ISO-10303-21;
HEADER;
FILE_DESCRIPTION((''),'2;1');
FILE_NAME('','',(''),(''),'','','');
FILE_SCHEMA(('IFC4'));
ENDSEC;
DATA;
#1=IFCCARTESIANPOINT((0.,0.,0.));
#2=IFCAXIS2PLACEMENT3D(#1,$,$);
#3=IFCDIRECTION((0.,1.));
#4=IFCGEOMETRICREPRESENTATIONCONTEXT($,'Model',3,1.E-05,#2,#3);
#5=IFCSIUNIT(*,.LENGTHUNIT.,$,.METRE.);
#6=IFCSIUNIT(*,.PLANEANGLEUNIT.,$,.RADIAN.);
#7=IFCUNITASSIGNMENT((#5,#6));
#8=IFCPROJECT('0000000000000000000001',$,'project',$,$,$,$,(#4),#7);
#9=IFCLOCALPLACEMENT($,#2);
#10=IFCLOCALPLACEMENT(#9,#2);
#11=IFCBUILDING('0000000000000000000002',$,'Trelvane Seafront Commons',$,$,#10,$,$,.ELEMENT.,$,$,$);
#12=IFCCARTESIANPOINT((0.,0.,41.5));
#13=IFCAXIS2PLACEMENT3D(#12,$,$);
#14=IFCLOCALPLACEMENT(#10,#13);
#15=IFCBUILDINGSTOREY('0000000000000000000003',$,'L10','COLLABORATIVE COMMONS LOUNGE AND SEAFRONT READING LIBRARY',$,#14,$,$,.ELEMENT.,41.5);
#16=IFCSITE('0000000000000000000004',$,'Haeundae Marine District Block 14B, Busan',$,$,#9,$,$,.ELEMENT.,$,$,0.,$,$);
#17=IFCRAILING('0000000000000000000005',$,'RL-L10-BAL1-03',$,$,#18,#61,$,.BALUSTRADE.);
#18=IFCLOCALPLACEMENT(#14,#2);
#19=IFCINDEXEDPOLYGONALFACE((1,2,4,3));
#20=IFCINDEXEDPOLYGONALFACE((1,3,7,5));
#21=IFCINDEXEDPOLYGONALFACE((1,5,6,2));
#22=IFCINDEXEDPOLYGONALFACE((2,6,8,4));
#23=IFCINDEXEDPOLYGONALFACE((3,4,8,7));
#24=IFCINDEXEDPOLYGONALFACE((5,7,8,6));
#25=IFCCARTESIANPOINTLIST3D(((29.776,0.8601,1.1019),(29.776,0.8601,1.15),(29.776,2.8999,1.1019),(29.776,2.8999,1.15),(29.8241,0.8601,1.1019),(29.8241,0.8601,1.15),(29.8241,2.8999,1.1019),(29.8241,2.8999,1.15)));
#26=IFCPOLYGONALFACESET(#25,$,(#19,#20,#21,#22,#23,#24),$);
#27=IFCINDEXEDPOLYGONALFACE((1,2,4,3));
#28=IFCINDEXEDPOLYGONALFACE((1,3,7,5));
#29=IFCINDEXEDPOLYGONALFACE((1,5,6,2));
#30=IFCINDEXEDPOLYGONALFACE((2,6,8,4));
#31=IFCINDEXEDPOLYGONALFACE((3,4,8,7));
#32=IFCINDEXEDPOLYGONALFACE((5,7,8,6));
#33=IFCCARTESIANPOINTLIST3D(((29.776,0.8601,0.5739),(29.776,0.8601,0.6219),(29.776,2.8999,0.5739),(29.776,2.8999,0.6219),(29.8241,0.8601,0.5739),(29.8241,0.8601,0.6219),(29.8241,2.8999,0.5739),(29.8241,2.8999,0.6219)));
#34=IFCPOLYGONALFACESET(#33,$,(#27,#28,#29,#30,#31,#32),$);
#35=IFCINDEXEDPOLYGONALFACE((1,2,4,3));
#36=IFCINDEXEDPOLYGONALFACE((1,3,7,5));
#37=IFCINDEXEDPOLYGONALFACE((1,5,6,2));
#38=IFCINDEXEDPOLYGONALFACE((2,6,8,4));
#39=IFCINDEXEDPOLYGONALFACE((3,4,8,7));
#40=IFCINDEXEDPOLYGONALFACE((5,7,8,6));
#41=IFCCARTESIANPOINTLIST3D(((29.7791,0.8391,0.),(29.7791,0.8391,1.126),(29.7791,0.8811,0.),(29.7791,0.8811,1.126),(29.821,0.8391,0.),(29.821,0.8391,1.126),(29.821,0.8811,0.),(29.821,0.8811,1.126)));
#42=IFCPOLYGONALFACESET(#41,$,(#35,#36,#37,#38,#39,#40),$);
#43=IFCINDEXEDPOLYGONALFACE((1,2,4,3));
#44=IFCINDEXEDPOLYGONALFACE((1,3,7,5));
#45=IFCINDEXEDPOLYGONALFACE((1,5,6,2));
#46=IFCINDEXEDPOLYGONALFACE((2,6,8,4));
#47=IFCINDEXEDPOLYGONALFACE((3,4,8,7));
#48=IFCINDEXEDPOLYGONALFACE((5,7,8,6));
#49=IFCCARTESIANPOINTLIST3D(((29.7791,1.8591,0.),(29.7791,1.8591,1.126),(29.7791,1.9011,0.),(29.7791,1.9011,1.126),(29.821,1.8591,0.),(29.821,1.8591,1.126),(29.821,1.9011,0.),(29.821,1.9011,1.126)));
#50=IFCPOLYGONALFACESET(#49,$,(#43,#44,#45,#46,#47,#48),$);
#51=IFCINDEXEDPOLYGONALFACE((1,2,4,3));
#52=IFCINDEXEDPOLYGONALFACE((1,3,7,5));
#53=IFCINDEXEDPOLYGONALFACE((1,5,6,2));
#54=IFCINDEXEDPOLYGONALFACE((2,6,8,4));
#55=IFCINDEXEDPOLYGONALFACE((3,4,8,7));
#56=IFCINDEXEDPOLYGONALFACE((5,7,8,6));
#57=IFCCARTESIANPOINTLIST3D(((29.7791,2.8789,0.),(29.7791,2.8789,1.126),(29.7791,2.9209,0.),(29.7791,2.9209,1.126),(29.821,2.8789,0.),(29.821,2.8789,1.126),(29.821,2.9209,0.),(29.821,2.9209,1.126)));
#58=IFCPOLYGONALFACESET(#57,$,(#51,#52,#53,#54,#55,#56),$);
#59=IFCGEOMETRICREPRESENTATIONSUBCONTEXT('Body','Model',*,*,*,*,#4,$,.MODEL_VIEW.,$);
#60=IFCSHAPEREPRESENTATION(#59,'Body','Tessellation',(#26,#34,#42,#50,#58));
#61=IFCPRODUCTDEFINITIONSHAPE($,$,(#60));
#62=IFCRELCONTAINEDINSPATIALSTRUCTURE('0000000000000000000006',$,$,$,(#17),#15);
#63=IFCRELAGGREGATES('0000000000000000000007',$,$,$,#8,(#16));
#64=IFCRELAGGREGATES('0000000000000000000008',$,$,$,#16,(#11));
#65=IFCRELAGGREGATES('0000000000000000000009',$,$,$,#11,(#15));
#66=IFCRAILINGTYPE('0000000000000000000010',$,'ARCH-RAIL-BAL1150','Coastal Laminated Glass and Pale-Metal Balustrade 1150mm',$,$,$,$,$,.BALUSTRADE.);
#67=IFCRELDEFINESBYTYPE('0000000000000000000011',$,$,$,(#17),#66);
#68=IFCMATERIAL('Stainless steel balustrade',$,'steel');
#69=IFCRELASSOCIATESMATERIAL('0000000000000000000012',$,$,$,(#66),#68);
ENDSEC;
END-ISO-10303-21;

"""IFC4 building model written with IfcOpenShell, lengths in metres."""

from ifc_helpers import new_model, si_unit, direction, frame, origin, origin_2d, place, context, subcontext, project, spatial, rectangle, extrude, material, type_object, element, save


model = new_model("IFC4")

# Units and contexts
model_context = context("Model", 3, precision=1e-05, world=origin(), true_north=direction((0.0, 1.0)))
body_context = subcontext(model_context, "Body", "Model", "MODEL_VIEW")
ifc_project = project(units=[si_unit("LENGTHUNIT", "METRE"), si_unit("PLANEANGLEUNIT", "RADIAN")], contexts=[model_context])

# Site, building, storey
site_placement = place(None, origin())
site = spatial("IfcSite", under=ifc_project, at=site_placement, Name="Haeundae Marine District Block 14B, Busan", CompositionType="ELEMENT", RefElevation=0.0)
building_placement = place(site_placement, origin())
building = spatial("IfcBuilding", under=site, at=building_placement, Name="Trelvane Seafront Commons", CompositionType="ELEMENT")
storey_placement = place(building_placement, frame((0.0, 0.0, 41.5)))
storey = spatial("IfcBuildingStorey", under=building, at=storey_placement, Name="L10", Description="COLLABORATIVE COMMONS LOUNGE AND SEAFRONT READING LIBRARY", CompositionType="ELEMENT", Elevation=41.5)

# Railing
ifc_material_1 = material(Name="Stainless steel balustrade", Category="steel")
railing_type = type_object("IfcRailingType", Name="ARCH-RAIL-BAL1150", Description="Coastal Laminated Glass and Pale-Metal Balustrade 1150mm", PredefinedType="BALUSTRADE", material=ifc_material_1)
railing_1_placement = place(storey_placement, frame((29.8, 0.8601, 0.0)))
element("IfcRailing", 1, at=railing_1_placement, inside=storey, type_object=railing_type, Name="RL-L10-BAL1-03", PredefinedType="BALUSTRADE", context=body_context, shape_type="SweptSolid", body=[
    extrude(rectangle(XDim=0.0481, YDim=0.0481, at=origin_2d()), frame((0.0, 0.0, 1.126), z_axis=(0.0, 1.0, 0.0), x_axis=(-1.0, 0.0, 0.0)), (0.0, 0.0, 1.0), 2.0398),
    extrude(rectangle(XDim=0.0481, YDim=0.0481, at=origin_2d()), frame((0.0, 0.0, 0.5979), z_axis=(0.0, 1.0, 0.0), x_axis=(-1.0, 0.0, 0.0)), (0.0, 0.0, 1.0), 2.0398),
    extrude(rectangle(XDim=0.042, YDim=0.042, at=origin_2d()), origin(), (0.0, 0.0, 1.0), 1.126),
    extrude(rectangle(XDim=0.042, YDim=0.042, at=origin_2d()), frame((0.0, 1.02, 0.0)), (0.0, 0.0, 1.0), 1.126),
    extrude(rectangle(XDim=0.042, YDim=0.042, at=origin_2d()), frame((0.0, 2.0398, 0.0)), (0.0, 0.0, 1.0), 1.126),
])

save(model, "model.ifc")
